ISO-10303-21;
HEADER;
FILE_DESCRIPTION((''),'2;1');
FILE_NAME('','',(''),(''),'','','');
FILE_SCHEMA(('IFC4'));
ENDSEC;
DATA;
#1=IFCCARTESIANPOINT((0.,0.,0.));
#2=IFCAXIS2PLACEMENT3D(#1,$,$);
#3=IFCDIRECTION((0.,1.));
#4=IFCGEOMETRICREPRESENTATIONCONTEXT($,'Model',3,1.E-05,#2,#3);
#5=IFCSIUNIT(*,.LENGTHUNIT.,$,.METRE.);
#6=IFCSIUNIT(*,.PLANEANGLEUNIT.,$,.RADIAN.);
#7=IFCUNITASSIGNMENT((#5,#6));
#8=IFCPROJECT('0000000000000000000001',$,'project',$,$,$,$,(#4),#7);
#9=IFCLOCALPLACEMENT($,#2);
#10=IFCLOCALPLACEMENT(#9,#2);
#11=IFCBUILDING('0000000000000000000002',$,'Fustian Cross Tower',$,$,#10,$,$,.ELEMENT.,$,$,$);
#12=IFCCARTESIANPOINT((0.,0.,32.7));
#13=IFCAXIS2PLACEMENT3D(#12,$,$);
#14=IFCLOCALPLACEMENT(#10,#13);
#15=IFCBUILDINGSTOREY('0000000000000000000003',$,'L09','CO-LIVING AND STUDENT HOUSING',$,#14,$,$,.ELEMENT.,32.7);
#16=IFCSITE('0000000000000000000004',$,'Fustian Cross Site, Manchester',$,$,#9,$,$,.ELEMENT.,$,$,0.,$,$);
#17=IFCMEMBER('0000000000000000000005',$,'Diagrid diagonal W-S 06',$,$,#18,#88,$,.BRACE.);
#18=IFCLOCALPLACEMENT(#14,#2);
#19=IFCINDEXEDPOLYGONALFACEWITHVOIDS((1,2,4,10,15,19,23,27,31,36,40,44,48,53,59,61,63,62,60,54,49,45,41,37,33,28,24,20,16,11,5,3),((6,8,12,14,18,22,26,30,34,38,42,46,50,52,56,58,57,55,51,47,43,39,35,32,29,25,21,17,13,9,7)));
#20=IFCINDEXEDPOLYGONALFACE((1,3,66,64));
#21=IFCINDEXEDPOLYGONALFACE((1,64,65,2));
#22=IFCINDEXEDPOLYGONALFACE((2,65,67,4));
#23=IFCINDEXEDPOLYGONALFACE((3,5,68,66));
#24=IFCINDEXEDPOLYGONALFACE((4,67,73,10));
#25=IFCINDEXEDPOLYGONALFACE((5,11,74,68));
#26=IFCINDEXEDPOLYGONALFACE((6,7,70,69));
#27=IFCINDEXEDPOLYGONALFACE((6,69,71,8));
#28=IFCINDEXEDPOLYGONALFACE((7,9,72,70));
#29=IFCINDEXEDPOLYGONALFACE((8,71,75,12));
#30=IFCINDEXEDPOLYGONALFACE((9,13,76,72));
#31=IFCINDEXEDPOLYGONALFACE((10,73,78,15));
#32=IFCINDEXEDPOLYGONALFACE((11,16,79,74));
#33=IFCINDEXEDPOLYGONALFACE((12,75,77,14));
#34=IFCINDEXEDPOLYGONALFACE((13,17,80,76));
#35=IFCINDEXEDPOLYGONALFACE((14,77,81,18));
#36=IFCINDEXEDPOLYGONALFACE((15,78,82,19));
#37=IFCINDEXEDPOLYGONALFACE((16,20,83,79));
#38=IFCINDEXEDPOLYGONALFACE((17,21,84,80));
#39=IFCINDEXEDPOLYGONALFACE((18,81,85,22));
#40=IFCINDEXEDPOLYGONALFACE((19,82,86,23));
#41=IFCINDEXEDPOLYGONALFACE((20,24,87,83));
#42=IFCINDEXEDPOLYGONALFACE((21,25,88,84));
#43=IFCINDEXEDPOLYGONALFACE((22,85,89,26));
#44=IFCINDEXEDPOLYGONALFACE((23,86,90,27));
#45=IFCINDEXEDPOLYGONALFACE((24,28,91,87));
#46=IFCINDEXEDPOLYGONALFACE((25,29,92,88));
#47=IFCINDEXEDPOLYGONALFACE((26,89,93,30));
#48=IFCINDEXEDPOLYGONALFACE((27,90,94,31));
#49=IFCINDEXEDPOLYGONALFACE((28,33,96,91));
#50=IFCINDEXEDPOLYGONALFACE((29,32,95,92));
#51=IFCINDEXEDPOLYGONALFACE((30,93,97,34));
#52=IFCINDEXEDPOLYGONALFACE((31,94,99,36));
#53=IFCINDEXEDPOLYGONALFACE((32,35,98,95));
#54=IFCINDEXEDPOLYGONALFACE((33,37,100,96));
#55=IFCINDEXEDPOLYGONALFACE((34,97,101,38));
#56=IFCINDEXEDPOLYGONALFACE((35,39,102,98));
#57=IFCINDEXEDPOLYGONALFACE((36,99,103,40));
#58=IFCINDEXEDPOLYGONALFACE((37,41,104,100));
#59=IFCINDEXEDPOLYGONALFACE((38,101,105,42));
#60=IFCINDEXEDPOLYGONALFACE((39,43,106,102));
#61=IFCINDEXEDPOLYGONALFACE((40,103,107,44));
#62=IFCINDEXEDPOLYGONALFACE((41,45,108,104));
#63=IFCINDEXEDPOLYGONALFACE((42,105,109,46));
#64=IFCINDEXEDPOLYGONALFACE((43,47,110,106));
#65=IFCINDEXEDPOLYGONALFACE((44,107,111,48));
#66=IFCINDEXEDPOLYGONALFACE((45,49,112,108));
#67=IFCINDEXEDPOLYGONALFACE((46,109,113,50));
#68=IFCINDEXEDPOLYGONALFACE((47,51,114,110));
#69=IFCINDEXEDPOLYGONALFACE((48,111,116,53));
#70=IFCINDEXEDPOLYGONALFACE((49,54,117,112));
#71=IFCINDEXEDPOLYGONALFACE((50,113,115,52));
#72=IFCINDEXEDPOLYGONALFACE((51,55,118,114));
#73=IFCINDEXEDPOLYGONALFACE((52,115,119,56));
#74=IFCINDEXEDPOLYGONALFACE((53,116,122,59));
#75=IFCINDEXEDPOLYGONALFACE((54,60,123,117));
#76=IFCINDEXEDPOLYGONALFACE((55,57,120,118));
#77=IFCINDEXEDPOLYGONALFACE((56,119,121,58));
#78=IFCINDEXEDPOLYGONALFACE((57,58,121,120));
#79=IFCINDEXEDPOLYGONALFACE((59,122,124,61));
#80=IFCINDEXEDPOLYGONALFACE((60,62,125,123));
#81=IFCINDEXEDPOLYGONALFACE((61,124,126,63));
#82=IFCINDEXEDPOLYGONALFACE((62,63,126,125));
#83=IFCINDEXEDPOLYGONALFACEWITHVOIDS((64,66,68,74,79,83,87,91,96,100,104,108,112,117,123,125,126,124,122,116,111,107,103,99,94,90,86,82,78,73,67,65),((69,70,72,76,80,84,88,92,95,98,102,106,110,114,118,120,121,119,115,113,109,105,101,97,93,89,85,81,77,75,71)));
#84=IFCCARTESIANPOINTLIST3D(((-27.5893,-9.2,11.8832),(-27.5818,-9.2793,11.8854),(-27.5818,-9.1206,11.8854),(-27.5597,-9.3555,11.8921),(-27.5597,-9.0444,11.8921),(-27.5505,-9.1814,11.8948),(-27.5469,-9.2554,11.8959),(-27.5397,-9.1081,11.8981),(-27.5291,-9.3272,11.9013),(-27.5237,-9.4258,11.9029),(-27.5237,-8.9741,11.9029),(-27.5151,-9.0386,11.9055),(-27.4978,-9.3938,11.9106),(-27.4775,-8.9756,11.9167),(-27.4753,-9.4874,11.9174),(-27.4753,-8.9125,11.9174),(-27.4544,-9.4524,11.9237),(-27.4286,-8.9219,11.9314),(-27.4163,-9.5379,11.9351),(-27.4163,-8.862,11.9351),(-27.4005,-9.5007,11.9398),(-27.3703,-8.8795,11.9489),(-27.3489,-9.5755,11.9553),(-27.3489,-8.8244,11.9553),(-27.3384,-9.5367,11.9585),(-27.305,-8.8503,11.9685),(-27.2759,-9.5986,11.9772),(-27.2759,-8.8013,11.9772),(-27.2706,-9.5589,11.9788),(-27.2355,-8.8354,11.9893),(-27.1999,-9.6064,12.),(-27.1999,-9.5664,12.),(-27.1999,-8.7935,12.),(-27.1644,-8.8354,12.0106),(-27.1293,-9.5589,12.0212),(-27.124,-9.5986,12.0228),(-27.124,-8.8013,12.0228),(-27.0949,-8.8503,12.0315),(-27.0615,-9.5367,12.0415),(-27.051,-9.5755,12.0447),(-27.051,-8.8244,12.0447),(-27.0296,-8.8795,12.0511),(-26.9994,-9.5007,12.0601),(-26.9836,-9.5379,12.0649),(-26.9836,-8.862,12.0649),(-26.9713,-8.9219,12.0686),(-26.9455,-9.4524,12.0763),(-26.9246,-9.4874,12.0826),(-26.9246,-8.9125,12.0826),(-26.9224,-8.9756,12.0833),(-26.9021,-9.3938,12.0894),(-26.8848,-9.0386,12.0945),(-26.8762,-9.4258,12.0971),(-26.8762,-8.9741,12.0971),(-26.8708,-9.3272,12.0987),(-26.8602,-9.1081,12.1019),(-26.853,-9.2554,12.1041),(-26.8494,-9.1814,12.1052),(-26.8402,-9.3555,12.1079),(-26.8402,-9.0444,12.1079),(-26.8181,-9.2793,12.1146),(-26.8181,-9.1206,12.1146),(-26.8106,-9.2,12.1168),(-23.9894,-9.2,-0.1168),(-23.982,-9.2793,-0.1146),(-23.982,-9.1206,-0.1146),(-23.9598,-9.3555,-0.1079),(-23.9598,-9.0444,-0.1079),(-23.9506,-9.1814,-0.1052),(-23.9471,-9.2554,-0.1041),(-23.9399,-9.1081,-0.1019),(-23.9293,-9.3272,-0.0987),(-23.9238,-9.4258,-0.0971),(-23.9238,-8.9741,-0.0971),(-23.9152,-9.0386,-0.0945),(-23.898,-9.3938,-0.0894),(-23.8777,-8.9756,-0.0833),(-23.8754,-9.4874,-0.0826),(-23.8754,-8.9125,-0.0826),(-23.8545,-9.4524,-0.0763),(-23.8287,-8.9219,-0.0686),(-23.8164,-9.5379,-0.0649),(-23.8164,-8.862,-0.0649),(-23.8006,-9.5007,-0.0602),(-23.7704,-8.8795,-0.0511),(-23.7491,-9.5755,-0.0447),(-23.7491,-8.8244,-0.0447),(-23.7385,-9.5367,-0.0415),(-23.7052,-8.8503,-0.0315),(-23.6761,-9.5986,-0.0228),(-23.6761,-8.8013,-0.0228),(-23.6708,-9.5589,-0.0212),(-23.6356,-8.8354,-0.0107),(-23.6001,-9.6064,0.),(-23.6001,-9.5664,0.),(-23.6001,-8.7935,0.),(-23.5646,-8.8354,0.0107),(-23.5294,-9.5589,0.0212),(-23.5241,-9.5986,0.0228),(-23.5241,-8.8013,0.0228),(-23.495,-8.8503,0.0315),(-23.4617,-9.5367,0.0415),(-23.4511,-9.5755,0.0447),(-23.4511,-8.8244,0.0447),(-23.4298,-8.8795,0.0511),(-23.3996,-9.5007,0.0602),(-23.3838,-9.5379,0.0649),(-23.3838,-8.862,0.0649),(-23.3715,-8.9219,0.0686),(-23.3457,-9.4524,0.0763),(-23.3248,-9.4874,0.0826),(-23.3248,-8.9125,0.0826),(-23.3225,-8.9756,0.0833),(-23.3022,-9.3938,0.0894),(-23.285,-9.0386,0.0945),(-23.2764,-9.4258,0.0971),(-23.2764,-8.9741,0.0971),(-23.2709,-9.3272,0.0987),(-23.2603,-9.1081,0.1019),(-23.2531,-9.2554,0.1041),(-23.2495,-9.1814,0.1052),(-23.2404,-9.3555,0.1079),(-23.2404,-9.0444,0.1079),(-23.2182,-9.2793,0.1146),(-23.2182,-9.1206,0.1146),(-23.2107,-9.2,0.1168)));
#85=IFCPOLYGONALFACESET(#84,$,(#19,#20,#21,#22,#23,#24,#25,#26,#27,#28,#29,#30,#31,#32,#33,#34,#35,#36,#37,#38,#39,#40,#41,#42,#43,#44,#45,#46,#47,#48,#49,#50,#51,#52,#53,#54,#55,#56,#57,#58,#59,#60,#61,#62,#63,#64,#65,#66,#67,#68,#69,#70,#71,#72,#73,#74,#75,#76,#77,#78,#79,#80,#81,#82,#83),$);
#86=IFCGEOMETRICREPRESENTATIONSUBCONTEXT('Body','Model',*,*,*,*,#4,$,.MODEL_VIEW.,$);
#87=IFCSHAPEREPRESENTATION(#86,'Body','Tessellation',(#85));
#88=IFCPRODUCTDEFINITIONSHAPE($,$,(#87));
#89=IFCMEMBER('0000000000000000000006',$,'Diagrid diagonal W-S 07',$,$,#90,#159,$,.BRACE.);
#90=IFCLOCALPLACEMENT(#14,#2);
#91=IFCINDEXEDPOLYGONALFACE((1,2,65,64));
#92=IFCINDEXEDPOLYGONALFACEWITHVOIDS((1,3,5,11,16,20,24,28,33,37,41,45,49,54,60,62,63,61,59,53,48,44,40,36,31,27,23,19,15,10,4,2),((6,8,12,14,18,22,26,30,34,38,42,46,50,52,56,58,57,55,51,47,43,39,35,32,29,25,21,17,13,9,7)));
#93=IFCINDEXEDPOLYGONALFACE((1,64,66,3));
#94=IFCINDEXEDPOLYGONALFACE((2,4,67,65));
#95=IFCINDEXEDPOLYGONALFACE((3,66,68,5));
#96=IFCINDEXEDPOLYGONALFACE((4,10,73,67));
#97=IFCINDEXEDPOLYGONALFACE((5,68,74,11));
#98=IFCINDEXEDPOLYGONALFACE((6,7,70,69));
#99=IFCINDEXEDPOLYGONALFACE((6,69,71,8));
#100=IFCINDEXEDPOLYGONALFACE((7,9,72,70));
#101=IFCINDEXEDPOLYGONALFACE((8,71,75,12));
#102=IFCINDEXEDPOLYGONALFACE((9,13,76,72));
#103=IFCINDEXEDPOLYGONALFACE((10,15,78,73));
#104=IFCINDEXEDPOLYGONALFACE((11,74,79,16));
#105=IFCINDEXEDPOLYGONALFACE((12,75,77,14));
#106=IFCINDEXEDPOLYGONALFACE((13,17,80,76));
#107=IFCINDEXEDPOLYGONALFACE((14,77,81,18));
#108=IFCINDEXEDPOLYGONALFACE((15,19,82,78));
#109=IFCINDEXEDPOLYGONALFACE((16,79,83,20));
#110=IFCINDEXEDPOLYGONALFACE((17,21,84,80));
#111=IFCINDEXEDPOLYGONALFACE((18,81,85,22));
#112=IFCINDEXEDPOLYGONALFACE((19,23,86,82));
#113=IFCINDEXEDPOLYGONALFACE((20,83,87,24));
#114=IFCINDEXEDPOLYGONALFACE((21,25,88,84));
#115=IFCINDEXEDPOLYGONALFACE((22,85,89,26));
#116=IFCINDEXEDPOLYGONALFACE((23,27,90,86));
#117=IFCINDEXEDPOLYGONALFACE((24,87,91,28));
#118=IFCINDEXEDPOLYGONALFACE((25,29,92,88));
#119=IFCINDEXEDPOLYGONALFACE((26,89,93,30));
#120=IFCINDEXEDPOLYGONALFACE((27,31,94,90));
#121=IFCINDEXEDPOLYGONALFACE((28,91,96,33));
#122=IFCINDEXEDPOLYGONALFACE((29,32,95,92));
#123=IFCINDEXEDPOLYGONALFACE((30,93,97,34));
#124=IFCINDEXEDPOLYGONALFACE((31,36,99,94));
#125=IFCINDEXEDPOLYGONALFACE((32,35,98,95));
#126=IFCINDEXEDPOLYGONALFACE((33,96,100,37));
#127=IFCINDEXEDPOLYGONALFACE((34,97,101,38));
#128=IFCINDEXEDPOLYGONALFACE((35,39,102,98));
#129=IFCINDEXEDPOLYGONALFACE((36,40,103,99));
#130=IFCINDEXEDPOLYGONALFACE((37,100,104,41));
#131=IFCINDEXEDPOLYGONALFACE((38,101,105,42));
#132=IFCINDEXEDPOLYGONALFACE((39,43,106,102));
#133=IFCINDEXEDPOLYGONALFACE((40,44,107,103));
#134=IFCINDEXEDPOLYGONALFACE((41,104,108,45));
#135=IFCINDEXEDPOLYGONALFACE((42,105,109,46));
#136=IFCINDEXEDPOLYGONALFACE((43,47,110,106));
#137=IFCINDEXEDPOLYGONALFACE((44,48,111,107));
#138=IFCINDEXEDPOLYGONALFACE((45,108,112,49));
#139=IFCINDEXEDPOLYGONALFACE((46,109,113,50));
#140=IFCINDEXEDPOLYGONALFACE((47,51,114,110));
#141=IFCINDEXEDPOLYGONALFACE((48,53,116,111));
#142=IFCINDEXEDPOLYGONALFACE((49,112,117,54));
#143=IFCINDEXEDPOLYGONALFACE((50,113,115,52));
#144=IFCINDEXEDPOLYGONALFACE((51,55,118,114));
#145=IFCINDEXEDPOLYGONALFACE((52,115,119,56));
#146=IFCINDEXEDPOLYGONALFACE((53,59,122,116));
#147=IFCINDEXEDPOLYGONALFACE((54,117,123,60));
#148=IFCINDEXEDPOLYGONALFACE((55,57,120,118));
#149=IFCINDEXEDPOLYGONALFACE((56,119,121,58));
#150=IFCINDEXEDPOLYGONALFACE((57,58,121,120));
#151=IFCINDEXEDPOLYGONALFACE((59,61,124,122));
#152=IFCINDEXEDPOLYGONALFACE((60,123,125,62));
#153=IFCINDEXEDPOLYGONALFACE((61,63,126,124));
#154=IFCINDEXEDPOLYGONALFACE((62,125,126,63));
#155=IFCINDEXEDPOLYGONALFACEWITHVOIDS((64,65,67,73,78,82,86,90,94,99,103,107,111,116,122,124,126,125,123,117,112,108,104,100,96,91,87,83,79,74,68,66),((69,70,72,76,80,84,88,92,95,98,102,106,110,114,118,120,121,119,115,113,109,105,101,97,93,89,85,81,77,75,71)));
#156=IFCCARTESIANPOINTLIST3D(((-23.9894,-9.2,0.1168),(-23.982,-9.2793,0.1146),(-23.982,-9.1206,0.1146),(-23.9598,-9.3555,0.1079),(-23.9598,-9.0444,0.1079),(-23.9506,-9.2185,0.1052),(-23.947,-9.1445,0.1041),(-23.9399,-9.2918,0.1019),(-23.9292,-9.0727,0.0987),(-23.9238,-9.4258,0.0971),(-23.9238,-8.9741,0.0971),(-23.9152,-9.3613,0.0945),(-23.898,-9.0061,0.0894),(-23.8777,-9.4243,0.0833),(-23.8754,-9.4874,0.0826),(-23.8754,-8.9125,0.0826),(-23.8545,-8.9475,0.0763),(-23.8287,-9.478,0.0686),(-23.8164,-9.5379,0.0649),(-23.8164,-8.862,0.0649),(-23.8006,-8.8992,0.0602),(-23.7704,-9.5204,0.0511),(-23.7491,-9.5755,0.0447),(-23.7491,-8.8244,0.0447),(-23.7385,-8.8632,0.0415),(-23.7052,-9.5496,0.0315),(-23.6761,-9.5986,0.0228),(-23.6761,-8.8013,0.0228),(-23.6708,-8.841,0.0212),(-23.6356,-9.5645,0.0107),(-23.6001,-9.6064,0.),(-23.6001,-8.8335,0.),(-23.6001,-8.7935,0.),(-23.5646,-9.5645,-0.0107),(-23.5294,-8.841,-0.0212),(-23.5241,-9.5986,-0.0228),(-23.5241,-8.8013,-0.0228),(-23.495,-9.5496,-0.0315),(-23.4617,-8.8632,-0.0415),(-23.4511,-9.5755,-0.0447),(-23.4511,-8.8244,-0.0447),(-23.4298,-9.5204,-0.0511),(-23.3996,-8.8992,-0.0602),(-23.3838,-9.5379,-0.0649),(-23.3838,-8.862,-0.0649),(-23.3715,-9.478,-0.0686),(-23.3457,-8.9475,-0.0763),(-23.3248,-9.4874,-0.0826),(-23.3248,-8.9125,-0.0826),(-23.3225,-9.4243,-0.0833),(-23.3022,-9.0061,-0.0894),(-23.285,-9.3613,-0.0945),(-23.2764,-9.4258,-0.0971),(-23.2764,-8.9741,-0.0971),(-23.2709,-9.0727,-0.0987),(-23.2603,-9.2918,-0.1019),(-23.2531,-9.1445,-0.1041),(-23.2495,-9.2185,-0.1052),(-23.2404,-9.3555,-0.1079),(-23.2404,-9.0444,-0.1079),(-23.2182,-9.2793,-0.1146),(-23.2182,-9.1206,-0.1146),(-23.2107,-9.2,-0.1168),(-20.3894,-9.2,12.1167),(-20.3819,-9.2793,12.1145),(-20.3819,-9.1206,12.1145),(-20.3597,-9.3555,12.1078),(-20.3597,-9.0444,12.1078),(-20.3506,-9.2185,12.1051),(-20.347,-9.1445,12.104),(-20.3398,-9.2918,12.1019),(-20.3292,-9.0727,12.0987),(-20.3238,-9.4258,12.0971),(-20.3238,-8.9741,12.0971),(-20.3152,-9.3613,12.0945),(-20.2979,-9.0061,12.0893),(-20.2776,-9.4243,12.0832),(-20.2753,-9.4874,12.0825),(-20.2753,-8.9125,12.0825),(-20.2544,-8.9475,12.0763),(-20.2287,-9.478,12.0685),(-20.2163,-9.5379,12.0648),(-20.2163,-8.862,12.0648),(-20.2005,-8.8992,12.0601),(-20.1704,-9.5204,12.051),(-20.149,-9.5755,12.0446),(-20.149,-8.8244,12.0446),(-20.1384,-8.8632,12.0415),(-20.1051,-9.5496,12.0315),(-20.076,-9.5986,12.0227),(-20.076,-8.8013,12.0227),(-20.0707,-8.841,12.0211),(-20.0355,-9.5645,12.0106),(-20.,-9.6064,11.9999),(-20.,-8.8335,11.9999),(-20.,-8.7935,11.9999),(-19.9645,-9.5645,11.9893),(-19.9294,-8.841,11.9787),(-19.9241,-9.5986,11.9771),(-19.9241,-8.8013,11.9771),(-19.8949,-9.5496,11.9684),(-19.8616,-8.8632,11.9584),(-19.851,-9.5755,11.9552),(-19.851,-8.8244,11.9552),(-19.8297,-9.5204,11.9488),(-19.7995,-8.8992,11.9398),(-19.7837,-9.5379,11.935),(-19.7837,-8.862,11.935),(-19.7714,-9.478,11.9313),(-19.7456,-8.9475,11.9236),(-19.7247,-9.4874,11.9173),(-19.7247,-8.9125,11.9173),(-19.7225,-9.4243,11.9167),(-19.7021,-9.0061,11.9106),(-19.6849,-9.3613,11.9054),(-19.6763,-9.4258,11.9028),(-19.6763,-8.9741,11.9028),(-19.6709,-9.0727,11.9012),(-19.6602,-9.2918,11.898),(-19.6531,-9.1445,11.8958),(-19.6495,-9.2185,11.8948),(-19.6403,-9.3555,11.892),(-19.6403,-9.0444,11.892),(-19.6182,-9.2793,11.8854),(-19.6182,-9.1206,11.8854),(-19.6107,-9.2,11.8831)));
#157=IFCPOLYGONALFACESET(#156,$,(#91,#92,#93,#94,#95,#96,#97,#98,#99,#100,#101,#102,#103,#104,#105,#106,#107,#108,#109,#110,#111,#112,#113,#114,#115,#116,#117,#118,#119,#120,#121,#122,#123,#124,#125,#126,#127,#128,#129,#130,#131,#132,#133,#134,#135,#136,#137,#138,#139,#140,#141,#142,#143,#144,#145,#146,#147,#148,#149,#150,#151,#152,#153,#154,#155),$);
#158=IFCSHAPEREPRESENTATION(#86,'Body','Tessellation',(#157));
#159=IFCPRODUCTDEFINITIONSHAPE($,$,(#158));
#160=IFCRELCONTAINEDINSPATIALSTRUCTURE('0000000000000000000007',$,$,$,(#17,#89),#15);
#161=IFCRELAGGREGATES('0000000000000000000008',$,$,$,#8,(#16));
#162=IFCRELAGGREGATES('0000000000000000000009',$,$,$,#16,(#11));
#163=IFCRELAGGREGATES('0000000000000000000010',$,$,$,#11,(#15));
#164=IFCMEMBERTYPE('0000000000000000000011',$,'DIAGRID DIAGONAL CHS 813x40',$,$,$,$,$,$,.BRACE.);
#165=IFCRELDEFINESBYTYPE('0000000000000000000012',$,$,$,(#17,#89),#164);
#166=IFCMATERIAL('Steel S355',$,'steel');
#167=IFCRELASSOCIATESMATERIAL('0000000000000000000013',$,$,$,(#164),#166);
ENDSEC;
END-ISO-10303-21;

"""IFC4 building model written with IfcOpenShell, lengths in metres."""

from ifc_helpers import new_model, si_unit, direction, frame, origin, origin_2d, place, context, subcontext, project, spatial, hollow_circle, extrude, material, material_profile, profile_set, type_object, element, save


model = new_model("IFC4")

# Units and contexts
model_context = context("Model", 3, precision=1e-05, world=origin(), true_north=direction((0.0, 1.0)))
body_context = subcontext(model_context, "Body", "Model", "MODEL_VIEW")
ifc_project = project(units=[si_unit("LENGTHUNIT", "METRE"), si_unit("PLANEANGLEUNIT", "RADIAN")], contexts=[model_context])

# Site, building, storey
site_placement = place(None, origin())
site = spatial("IfcSite", under=ifc_project, at=site_placement, Name="Fustian Cross Site, Manchester", CompositionType="ELEMENT", RefElevation=0.0)
building_placement = place(site_placement, origin())
building = spatial("IfcBuilding", under=site, at=building_placement, Name="Fustian Cross Tower", CompositionType="ELEMENT")
storey_placement = place(building_placement, frame((0.0, 0.0, 32.7)))
storey = spatial("IfcBuildingStorey", under=building, at=storey_placement, Name="L09", Description="CO-LIVING AND STUDENT HOUSING", CompositionType="ELEMENT", Elevation=32.7)

# Members
ifc_material_1 = material(Name="Steel S355", Category="steel")
ifc_material_profile_1 = material_profile(ifc_material_1, hollow_circle(Radius=0.4065, WallThickness=0.04, at=origin_2d()), Name="CHS 813x40")
ifc_profile_set_1 = profile_set([ifc_material_profile_1], Name="Steel S355")
member_type_1 = type_object("IfcMemberType", Name="DIAGRID DIAGONAL CHS 813x40", PredefinedType="BRACE", material=ifc_profile_set_1)
for number, where, z_axis, x_axis, name in (
    (1, (-23.6001, -9.2, 0.0), (-0.287337, 0.0, 0.95783), (0.0, -1.0, 0.0), "Diagrid diagonal W-S 06"),
    (2, (-23.6001, -9.2, 0.0), (0.287355, 0.0, 0.957824), (0.0, 1.0, 0.0), "Diagrid diagonal W-S 07"),
):
    element("IfcMember", number, at=place(storey_placement, frame(where, z_axis=z_axis, x_axis=x_axis)), inside=storey, type_object=member_type_1, Name=name, PredefinedType="BRACE", context=body_context, shape_type="SweptSolid", body=[
        extrude(hollow_circle(Radius=0.4065, WallThickness=0.04, at=origin_2d()), origin(), (0.0, 0.0, 1.0), 12.5283),
    ])

save(model, "model.ifc")
